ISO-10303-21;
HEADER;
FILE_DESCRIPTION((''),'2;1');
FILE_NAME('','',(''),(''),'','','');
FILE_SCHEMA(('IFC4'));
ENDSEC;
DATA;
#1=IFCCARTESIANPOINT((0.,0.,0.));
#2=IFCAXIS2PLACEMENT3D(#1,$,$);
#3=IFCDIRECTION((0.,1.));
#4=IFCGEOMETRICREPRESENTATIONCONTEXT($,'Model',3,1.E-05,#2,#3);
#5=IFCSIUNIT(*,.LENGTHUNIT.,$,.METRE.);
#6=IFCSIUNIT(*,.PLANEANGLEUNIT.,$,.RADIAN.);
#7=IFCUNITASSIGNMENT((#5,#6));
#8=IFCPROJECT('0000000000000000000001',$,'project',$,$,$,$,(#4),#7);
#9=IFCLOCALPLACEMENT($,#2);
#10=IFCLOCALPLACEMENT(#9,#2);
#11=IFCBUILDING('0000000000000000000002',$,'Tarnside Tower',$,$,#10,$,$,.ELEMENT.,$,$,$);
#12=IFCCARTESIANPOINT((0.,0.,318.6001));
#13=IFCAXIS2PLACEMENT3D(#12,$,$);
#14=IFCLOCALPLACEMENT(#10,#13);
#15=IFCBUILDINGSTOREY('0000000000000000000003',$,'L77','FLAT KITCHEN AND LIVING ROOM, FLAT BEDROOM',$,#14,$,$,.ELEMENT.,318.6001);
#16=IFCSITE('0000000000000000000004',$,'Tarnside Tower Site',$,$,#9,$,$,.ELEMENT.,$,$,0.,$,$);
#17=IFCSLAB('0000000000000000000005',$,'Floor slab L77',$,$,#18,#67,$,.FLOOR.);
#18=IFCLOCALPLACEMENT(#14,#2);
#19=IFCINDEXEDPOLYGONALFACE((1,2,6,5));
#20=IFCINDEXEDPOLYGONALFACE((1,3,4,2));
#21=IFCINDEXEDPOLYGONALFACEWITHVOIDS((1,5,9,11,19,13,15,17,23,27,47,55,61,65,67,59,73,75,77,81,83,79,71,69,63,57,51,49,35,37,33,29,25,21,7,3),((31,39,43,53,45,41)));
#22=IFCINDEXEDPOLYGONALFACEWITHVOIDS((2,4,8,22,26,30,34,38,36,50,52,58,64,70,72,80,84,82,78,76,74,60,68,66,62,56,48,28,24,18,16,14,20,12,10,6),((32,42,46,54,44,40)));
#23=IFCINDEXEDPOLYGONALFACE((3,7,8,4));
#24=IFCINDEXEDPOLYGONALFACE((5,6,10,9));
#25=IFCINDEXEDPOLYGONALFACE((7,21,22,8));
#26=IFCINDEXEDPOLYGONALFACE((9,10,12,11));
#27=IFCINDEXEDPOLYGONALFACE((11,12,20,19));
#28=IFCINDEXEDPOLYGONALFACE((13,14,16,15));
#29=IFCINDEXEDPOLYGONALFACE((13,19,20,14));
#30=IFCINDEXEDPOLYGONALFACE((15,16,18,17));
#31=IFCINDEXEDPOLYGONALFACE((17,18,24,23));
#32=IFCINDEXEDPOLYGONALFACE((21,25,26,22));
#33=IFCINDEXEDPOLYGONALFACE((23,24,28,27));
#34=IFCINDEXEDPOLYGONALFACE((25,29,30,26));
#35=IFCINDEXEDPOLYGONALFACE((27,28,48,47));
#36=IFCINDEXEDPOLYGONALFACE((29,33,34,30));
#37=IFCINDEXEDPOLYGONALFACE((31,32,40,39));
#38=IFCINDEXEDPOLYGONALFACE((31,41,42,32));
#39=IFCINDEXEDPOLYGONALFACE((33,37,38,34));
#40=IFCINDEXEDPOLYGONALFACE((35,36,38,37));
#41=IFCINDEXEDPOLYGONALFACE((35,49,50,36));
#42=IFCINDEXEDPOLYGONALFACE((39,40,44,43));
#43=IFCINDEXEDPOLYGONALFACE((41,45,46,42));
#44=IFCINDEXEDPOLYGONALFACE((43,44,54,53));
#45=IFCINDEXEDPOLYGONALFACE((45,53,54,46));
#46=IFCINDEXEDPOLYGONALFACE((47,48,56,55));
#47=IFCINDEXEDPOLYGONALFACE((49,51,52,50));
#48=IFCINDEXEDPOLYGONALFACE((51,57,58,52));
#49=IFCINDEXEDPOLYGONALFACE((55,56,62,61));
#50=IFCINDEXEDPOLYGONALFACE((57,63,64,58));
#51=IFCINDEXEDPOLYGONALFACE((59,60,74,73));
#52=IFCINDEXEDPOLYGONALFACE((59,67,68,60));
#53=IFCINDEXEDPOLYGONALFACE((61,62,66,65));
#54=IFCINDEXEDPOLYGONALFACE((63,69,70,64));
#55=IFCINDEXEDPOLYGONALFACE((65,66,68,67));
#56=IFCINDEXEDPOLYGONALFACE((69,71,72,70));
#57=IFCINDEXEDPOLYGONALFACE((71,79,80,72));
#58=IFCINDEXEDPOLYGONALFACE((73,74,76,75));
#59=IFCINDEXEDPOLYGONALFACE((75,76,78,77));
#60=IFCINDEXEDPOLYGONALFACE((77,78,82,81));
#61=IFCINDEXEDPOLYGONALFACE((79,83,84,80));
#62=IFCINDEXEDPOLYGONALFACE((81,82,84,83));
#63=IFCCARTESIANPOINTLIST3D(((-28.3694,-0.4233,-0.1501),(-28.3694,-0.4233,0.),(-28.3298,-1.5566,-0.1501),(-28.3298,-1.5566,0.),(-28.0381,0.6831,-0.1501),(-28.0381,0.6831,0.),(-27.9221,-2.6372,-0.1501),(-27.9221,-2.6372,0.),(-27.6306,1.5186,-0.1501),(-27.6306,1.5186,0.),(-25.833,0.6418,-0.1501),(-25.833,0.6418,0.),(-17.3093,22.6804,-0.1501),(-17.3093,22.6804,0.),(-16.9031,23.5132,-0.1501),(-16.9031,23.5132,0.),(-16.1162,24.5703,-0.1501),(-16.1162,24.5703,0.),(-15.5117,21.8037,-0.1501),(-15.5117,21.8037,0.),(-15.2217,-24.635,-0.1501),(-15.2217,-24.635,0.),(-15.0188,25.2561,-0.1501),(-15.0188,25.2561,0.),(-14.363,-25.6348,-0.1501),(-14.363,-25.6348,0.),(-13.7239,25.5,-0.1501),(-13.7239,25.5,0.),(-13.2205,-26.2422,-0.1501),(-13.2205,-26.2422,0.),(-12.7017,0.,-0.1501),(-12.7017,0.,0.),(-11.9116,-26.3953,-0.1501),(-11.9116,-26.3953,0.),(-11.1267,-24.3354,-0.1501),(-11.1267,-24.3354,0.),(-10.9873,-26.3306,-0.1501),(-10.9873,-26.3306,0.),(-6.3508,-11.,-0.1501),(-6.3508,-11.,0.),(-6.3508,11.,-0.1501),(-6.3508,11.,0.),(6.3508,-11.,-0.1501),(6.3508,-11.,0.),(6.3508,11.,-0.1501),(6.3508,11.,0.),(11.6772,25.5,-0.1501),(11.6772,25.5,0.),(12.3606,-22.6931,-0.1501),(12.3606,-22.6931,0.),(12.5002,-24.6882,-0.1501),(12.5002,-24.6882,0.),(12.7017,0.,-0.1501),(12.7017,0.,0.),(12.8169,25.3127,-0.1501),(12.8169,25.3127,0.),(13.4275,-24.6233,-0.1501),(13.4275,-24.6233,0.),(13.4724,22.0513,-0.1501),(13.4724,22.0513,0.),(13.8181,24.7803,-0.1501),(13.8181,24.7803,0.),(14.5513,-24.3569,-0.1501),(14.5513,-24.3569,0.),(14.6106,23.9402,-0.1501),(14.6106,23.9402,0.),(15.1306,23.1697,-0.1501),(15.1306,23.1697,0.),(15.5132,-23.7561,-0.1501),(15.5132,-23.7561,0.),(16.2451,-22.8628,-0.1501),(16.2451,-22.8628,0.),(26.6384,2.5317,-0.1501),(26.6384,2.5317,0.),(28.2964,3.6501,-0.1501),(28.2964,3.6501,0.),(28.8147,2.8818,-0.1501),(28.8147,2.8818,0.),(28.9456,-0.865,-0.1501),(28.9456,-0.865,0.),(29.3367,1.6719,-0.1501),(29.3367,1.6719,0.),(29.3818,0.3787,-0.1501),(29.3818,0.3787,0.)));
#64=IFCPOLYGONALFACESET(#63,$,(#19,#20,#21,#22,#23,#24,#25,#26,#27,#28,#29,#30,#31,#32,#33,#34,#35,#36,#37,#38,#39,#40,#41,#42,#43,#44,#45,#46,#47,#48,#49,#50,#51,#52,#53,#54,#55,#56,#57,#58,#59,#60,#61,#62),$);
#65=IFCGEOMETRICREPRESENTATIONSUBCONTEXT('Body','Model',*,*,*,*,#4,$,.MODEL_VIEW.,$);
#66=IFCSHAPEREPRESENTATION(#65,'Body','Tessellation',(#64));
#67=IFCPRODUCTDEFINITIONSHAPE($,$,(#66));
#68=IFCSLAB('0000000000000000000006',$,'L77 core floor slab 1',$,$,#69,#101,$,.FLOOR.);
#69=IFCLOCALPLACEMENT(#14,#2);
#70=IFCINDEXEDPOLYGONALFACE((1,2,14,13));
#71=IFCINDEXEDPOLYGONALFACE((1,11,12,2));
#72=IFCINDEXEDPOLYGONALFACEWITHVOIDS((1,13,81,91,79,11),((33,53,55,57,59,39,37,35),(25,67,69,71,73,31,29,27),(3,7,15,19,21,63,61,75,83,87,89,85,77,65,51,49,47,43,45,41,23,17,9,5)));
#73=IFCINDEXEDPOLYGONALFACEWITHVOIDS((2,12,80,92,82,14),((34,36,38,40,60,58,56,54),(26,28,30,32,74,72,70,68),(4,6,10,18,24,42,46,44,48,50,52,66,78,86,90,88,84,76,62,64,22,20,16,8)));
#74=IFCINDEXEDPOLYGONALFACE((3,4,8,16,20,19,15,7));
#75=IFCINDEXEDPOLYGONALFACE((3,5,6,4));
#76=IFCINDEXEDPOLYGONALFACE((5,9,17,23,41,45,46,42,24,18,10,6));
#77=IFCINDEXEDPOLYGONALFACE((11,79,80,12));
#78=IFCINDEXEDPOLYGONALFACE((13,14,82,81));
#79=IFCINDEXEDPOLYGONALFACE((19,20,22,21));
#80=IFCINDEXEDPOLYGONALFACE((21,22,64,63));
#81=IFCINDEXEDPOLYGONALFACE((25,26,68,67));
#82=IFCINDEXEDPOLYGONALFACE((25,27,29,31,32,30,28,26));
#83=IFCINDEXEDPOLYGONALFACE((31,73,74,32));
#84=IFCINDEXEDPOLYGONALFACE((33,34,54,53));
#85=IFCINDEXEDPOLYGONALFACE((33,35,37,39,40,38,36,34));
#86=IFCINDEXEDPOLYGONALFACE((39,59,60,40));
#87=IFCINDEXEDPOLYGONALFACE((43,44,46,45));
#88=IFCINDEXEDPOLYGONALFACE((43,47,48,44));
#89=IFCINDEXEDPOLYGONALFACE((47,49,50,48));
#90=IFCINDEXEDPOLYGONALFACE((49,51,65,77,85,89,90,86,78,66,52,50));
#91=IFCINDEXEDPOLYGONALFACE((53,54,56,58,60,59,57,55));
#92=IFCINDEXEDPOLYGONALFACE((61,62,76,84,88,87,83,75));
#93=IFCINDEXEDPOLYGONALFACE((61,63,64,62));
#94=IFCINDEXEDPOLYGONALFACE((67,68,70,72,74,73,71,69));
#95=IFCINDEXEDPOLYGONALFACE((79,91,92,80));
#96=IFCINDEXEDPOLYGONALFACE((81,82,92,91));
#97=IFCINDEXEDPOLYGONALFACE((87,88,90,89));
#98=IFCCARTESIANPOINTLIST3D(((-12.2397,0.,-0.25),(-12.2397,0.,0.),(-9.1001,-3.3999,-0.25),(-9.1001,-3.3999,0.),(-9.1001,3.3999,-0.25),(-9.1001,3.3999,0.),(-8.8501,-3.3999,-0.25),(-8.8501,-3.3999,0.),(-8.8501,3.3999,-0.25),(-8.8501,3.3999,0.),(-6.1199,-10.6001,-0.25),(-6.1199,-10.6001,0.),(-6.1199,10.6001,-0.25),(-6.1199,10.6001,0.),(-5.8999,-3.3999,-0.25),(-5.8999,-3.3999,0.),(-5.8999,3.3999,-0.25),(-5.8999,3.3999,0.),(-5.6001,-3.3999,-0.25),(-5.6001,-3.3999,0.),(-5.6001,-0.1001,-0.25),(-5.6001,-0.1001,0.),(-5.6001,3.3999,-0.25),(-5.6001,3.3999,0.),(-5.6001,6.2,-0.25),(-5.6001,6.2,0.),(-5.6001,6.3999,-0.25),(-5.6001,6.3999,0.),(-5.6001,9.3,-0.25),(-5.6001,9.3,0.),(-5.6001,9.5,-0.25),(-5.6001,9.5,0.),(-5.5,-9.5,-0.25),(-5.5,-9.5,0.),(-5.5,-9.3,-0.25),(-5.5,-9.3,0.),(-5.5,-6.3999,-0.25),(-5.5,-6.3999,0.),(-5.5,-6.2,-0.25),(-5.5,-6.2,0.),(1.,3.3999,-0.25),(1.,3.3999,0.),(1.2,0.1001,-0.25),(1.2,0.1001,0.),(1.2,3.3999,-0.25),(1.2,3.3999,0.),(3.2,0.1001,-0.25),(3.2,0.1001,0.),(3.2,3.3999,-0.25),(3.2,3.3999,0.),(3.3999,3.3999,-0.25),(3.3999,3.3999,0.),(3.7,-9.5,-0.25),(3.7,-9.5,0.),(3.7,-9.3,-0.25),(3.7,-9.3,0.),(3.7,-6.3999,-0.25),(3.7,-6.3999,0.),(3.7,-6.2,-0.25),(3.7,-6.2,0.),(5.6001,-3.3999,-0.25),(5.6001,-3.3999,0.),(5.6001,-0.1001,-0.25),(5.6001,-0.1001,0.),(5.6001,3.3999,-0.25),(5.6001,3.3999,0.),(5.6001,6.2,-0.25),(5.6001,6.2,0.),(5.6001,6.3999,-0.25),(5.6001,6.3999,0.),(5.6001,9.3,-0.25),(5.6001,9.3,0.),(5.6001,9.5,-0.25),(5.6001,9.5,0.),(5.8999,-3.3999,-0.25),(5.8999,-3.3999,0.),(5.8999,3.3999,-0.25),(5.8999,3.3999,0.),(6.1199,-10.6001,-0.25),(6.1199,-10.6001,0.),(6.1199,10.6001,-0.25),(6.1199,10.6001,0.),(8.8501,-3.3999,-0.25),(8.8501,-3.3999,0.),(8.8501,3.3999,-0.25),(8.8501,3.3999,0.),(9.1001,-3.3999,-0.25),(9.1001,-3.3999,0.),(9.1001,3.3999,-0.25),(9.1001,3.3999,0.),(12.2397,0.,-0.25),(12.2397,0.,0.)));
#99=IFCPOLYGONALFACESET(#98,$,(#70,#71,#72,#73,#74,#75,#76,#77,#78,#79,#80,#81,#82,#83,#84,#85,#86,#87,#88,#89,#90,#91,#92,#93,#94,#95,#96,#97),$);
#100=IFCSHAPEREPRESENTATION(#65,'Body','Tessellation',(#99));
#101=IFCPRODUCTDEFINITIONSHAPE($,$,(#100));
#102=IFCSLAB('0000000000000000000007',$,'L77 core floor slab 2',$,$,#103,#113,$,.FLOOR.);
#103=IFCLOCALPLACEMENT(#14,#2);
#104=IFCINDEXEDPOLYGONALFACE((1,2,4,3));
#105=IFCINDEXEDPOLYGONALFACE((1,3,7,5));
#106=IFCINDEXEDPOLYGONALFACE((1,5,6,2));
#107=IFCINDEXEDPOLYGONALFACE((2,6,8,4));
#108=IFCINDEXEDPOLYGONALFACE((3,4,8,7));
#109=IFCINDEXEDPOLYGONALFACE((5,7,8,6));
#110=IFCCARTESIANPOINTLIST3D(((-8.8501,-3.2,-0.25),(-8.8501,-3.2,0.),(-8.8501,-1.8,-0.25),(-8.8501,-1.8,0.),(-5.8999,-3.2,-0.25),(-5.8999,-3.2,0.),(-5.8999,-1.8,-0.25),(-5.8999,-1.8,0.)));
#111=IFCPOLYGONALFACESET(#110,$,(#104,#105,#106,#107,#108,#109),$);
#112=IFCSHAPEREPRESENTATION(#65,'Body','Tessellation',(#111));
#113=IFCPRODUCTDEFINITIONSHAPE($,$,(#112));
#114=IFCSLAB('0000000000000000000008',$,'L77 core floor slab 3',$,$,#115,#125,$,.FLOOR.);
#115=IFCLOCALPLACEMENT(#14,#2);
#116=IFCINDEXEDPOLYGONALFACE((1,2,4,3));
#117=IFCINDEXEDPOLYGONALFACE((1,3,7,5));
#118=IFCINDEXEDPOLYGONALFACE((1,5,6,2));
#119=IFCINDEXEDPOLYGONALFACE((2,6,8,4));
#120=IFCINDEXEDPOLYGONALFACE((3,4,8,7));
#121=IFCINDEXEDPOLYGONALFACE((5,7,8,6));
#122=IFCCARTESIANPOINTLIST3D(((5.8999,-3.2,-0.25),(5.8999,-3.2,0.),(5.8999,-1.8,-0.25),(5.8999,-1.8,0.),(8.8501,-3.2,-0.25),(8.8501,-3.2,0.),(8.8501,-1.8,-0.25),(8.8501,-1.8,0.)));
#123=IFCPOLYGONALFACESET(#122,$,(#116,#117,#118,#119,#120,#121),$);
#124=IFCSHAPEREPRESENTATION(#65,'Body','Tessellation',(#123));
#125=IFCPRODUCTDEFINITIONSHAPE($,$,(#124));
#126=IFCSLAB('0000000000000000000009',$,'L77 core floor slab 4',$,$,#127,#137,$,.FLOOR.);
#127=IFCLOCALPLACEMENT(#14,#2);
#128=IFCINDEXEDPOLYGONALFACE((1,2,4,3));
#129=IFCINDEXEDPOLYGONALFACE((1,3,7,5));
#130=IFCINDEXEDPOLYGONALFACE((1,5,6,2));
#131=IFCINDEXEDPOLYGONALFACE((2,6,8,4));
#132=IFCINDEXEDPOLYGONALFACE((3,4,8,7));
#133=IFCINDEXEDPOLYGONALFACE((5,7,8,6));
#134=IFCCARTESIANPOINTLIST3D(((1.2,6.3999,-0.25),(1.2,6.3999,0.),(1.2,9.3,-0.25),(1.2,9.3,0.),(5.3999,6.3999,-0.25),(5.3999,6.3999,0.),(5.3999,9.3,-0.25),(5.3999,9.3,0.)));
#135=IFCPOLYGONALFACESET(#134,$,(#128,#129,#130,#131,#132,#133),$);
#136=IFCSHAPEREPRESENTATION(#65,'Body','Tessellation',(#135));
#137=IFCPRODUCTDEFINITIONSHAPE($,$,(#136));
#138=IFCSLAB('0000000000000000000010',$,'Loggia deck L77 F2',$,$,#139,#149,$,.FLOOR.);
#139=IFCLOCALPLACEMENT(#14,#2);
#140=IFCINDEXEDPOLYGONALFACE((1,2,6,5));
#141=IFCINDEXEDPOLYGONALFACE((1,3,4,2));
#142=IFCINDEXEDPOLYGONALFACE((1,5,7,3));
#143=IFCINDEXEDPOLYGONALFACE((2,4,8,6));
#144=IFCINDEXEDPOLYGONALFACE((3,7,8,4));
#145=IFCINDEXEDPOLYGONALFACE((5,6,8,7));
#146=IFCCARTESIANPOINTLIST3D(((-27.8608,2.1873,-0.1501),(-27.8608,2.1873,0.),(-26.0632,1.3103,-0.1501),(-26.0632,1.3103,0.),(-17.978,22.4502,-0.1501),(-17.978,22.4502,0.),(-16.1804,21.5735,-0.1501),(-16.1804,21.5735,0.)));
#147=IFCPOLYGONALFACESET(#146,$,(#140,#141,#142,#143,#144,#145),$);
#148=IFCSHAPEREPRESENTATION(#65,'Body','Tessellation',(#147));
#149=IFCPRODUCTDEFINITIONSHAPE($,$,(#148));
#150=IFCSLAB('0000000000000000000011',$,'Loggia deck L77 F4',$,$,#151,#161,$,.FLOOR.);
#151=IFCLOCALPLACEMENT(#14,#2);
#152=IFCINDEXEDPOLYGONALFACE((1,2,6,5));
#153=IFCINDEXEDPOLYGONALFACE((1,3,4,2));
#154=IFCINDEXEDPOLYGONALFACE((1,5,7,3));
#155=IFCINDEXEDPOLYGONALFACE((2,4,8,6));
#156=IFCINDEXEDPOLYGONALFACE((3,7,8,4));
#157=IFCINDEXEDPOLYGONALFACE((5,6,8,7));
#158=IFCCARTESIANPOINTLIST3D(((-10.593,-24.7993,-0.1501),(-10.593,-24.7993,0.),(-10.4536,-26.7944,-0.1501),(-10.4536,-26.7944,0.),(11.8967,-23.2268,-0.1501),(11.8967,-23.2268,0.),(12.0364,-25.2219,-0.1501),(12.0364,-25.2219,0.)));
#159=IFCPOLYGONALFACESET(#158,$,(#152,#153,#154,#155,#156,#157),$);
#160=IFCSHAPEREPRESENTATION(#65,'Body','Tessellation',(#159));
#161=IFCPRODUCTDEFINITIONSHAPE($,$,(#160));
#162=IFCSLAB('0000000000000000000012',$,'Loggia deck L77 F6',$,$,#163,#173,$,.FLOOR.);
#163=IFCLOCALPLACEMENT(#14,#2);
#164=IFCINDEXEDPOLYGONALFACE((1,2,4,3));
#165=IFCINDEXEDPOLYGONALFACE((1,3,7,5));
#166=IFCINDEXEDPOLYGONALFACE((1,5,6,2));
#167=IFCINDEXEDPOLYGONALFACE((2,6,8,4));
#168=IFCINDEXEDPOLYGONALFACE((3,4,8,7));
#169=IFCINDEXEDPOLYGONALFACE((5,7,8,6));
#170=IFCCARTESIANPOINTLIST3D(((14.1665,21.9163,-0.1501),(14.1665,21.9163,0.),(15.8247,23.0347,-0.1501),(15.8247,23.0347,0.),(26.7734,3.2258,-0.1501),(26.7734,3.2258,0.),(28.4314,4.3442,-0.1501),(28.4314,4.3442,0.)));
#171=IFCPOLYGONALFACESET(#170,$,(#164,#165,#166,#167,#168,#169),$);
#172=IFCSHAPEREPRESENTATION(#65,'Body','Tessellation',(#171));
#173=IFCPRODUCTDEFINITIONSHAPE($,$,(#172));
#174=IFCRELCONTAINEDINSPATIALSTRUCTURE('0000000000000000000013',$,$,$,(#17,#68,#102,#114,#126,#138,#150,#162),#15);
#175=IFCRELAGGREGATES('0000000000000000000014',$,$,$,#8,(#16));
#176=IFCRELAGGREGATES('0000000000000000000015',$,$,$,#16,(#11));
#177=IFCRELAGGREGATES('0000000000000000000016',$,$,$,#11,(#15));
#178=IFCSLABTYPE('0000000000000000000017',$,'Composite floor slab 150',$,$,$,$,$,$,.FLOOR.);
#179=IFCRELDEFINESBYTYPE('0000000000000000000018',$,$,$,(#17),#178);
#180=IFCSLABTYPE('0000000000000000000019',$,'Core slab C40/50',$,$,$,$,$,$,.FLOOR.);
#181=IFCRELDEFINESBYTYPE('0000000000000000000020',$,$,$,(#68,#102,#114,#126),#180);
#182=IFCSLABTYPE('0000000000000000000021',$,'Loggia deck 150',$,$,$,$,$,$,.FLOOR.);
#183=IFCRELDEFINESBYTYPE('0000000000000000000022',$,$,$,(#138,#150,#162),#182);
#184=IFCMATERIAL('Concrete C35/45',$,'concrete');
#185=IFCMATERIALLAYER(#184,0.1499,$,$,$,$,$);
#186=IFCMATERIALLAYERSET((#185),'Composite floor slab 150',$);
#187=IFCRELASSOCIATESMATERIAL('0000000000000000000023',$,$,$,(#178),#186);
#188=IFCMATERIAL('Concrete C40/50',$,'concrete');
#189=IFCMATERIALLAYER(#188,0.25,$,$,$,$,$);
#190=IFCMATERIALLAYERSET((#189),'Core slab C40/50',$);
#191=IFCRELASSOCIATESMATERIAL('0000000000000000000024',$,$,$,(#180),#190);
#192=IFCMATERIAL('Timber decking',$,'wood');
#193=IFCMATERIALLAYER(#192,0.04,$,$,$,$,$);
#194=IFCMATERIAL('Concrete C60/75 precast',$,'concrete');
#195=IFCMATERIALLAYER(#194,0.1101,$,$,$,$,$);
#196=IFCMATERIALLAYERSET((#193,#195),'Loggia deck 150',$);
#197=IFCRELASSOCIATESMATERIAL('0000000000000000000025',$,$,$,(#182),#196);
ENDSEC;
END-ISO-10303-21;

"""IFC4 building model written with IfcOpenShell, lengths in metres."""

from ifc_helpers import new_model, si_unit, direction, frame, origin, place, context, subcontext, project, spatial, polyline, outline, extrude, material, layer, layer_set, type_object, element, save


model = new_model("IFC4")

# Units and contexts
model_context = context("Model", 3, precision=1e-05, world=origin(), true_north=direction((0.0, 1.0)))
body_context = subcontext(model_context, "Body", "Model", "MODEL_VIEW")
ifc_project = project(units=[si_unit("LENGTHUNIT", "METRE"), si_unit("PLANEANGLEUNIT", "RADIAN")], contexts=[model_context])

# Site, building, storey
site_placement = place(None, origin())
site = spatial("IfcSite", under=ifc_project, at=site_placement, Name="Tarnside Tower Site", CompositionType="ELEMENT", RefElevation=0.0)
building_placement = place(site_placement, origin())
building = spatial("IfcBuilding", under=site, at=building_placement, Name="Tarnside Tower", CompositionType="ELEMENT")
storey_placement = place(building_placement, frame((0.0, 0.0, 318.6001)))
storey = spatial("IfcBuildingStorey", under=building, at=storey_placement, Name="L77", Description="FLAT KITCHEN AND LIVING ROOM, FLAT BEDROOM", CompositionType="ELEMENT", Elevation=318.6001)

# Slabs
ifc_material_1 = material(Name="Concrete C35/45", Category="concrete")
ifc_layer_1 = layer(ifc_material_1, 0.1499)
ifc_layer_set_1 = layer_set([ifc_layer_1], Name="Composite floor slab 150")
slab_type_1 = type_object("IfcSlabType", Name="Composite floor slab 150", PredefinedType="FLOOR", material=ifc_layer_set_1)
slab_1_placement = place(storey_placement, frame((0.0, 0.0, -0.1501)))
element("IfcSlab", 1, at=slab_1_placement, inside=storey, type_object=slab_type_1, Name="Floor slab L77", PredefinedType="FLOOR", context=body_context, shape_type="SweptSolid", body=[
    extrude(outline(polyline([(12.8169, 25.3127), (13.8181, 24.7803), (14.6106, 23.9402), (15.1306, 23.1697), (13.4724, 22.0513), (26.6384, 2.5317), (28.2964, 3.6501), (28.8147, 2.8818), (29.3367, 1.6719), (29.3818, 0.3787), (28.9456, -0.865), (16.2451, -22.8628), (15.5132, -23.7561), (14.5513, -24.3569), (13.4275, -24.6233), (12.5002, -24.6882), (12.3606, -22.6931), (-11.1267, -24.3354), (-10.9873, -26.3306), (-11.9116, -26.3953), (-13.2205, -26.2422), (-14.363, -25.6348), (-15.2217, -24.635), (-27.9221, -2.6372), (-28.3298, -1.5566), (-28.3694, -0.4233), (-28.0381, 0.6831), (-27.6306, 1.5186), (-25.833, 0.6418), (-15.5117, 21.8037), (-17.3093, 22.6804), (-16.9031, 23.5132), (-16.1162, 24.5703), (-15.0188, 25.2561), (-13.7239, 25.5), (11.6772, 25.5), (12.8169, 25.3127)]), holes=[polyline([(-12.7017, 0.0), (-6.3508, -11.0), (6.3508, -11.0), (12.7017, 0.0), (6.3508, 11.0), (-6.3508, 11.0), (-12.7017, 0.0)])]), origin(), (0.0, 0.0, 1.0), 0.1501),
])
ifc_material_2 = material(Name="Concrete C40/50", Category="concrete")
ifc_layer_2 = layer(ifc_material_2, 0.25)
ifc_layer_set_2 = layer_set([ifc_layer_2], Name="Core slab C40/50")
slab_type_2 = type_object("IfcSlabType", Name="Core slab C40/50", PredefinedType="FLOOR", material=ifc_layer_set_2)
slab_2_placement = place(storey_placement, frame((0.0, 0.0, -0.25)))
element("IfcSlab", 2, at=slab_2_placement, inside=storey, type_object=slab_type_2, Name="L77 core floor slab 1", PredefinedType="FLOOR", context=body_context, shape_type="SweptSolid", body=[
    extrude(outline(polyline([(6.1199, 10.6001), (12.2397, 0.0), (6.1199, -10.6001), (-6.1199, -10.6001), (-12.2397, 0.0), (-6.1199, 10.6001), (6.1199, 10.6001)]), holes=[polyline([(-5.5, -9.5), (3.7, -9.5), (3.7, -9.3), (3.7, -6.3999), (3.7, -6.2), (-5.5, -6.2), (-5.5, -6.3999), (-5.5, -9.3), (-5.5, -9.5)]), polyline([(-5.6001, -3.3999), (-5.6001, -0.1001), (5.6001, -0.1001), (5.6001, -3.3999), (5.8999, -3.3999), (8.8501, -3.3999), (9.1001, -3.3999), (9.1001, 3.3999), (8.8501, 3.3999), (5.8999, 3.3999), (5.6001, 3.3999), (3.3999, 3.3999), (3.2, 3.3999), (3.2, 0.1001), (1.2, 0.1001), (1.2, 3.3999), (1.0, 3.3999), (-5.6001, 3.3999), (-5.8999, 3.3999), (-8.8501, 3.3999), (-9.1001, 3.3999), (-9.1001, -3.3999), (-8.8501, -3.3999), (-5.8999, -3.3999), (-5.6001, -3.3999)]), polyline([(-5.6001, 6.2), (5.6001, 6.2), (5.6001, 6.3999), (5.6001, 9.3), (5.6001, 9.5), (-5.6001, 9.5), (-5.6001, 9.3), (-5.6001, 6.3999), (-5.6001, 6.2)])]), origin(), (0.0, 0.0, 1.0), 0.25),
])
slab_3_placement = place(storey_placement, frame((0.0, 0.0, -0.25)))
element("IfcSlab", 3, at=slab_3_placement, inside=storey, type_object=slab_type_2, Name="L77 core floor slab 2", PredefinedType="FLOOR", context=body_context, shape_type="SweptSolid", body=[
    extrude(outline(polyline([(-8.8501, -3.2), (-8.8501, -1.8), (-5.8999, -1.8), (-5.8999, -3.2), (-8.8501, -3.2)])), origin(), (0.0, 0.0, 1.0), 0.25),
])
slab_4_placement = place(storey_placement, frame((0.0, 0.0, -0.25)))
element("IfcSlab", 4, at=slab_4_placement, inside=storey, type_object=slab_type_2, Name="L77 core floor slab 3", PredefinedType="FLOOR", context=body_context, shape_type="SweptSolid", body=[
    extrude(outline(polyline([(5.8999, -1.8), (8.8501, -1.8), (8.8501, -3.2), (5.8999, -3.2), (5.8999, -1.8)])), origin(), (0.0, 0.0, 1.0), 0.25),
])
slab_5_placement = place(storey_placement, frame((0.0, 0.0, -0.25)))
element("IfcSlab", 5, at=slab_5_placement, inside=storey, type_object=slab_type_2, Name="L77 core floor slab 4", PredefinedType="FLOOR", context=body_context, shape_type="SweptSolid", body=[
    extrude(outline(polyline([(5.3999, 6.3999), (1.2, 6.3999), (1.2, 9.3), (5.3999, 9.3), (5.3999, 6.3999)])), origin(), (0.0, 0.0, 1.0), 0.25),
])
ifc_material_3 = material(Name="Timber decking", Category="wood")
ifc_layer_3 = layer(ifc_material_3, 0.04)
ifc_material_4 = material(Name="Concrete C60/75 precast", Category="concrete")
ifc_layer_4 = layer(ifc_material_4, 0.1101)
ifc_layer_set_3 = layer_set([ifc_layer_3, ifc_layer_4], Name="Loggia deck 150")
slab_type_3 = type_object("IfcSlabType", Name="Loggia deck 150", PredefinedType="FLOOR", material=ifc_layer_set_3)
slab_6_placement = place(storey_placement, frame((0.0, 0.0, -0.1501)))
element("IfcSlab", 6, at=slab_6_placement, inside=storey, type_object=slab_type_3, Name="Loggia deck L77 F2", PredefinedType="FLOOR", context=body_context, shape_type="SweptSolid", body=[
    extrude(outline(polyline([(-16.1804, 21.5735), (-26.0632, 1.3103), (-27.8608, 2.1873), (-17.978, 22.4502), (-16.1804, 21.5735)])), origin(), (0.0, 0.0, 1.0), 0.1501),
])
slab_7_placement = place(storey_placement, frame((0.0, 0.0, -0.1501)))
element("IfcSlab", 7, at=slab_7_placement, inside=storey, type_object=slab_type_3, Name="Loggia deck L77 F4", PredefinedType="FLOOR", context=body_context, shape_type="SweptSolid", body=[
    extrude(outline(polyline([(-10.593, -24.7993), (11.8967, -23.2268), (12.0364, -25.2219), (-10.4536, -26.7944), (-10.593, -24.7993)])), origin(), (0.0, 0.0, 1.0), 0.1501),
])
slab_8_placement = place(storey_placement, frame((0.0, 0.0, -0.1501)))
element("IfcSlab", 8, at=slab_8_placement, inside=storey, type_object=slab_type_3, Name="Loggia deck L77 F6", PredefinedType="FLOOR", context=body_context, shape_type="SweptSolid", body=[
    extrude(outline(polyline([(26.7734, 3.2258), (14.1665, 21.9163), (15.8247, 23.0347), (28.4314, 4.3442), (26.7734, 3.2258)])), origin(), (0.0, 0.0, 1.0), 0.1501),
])

save(model, "model.ifc")
